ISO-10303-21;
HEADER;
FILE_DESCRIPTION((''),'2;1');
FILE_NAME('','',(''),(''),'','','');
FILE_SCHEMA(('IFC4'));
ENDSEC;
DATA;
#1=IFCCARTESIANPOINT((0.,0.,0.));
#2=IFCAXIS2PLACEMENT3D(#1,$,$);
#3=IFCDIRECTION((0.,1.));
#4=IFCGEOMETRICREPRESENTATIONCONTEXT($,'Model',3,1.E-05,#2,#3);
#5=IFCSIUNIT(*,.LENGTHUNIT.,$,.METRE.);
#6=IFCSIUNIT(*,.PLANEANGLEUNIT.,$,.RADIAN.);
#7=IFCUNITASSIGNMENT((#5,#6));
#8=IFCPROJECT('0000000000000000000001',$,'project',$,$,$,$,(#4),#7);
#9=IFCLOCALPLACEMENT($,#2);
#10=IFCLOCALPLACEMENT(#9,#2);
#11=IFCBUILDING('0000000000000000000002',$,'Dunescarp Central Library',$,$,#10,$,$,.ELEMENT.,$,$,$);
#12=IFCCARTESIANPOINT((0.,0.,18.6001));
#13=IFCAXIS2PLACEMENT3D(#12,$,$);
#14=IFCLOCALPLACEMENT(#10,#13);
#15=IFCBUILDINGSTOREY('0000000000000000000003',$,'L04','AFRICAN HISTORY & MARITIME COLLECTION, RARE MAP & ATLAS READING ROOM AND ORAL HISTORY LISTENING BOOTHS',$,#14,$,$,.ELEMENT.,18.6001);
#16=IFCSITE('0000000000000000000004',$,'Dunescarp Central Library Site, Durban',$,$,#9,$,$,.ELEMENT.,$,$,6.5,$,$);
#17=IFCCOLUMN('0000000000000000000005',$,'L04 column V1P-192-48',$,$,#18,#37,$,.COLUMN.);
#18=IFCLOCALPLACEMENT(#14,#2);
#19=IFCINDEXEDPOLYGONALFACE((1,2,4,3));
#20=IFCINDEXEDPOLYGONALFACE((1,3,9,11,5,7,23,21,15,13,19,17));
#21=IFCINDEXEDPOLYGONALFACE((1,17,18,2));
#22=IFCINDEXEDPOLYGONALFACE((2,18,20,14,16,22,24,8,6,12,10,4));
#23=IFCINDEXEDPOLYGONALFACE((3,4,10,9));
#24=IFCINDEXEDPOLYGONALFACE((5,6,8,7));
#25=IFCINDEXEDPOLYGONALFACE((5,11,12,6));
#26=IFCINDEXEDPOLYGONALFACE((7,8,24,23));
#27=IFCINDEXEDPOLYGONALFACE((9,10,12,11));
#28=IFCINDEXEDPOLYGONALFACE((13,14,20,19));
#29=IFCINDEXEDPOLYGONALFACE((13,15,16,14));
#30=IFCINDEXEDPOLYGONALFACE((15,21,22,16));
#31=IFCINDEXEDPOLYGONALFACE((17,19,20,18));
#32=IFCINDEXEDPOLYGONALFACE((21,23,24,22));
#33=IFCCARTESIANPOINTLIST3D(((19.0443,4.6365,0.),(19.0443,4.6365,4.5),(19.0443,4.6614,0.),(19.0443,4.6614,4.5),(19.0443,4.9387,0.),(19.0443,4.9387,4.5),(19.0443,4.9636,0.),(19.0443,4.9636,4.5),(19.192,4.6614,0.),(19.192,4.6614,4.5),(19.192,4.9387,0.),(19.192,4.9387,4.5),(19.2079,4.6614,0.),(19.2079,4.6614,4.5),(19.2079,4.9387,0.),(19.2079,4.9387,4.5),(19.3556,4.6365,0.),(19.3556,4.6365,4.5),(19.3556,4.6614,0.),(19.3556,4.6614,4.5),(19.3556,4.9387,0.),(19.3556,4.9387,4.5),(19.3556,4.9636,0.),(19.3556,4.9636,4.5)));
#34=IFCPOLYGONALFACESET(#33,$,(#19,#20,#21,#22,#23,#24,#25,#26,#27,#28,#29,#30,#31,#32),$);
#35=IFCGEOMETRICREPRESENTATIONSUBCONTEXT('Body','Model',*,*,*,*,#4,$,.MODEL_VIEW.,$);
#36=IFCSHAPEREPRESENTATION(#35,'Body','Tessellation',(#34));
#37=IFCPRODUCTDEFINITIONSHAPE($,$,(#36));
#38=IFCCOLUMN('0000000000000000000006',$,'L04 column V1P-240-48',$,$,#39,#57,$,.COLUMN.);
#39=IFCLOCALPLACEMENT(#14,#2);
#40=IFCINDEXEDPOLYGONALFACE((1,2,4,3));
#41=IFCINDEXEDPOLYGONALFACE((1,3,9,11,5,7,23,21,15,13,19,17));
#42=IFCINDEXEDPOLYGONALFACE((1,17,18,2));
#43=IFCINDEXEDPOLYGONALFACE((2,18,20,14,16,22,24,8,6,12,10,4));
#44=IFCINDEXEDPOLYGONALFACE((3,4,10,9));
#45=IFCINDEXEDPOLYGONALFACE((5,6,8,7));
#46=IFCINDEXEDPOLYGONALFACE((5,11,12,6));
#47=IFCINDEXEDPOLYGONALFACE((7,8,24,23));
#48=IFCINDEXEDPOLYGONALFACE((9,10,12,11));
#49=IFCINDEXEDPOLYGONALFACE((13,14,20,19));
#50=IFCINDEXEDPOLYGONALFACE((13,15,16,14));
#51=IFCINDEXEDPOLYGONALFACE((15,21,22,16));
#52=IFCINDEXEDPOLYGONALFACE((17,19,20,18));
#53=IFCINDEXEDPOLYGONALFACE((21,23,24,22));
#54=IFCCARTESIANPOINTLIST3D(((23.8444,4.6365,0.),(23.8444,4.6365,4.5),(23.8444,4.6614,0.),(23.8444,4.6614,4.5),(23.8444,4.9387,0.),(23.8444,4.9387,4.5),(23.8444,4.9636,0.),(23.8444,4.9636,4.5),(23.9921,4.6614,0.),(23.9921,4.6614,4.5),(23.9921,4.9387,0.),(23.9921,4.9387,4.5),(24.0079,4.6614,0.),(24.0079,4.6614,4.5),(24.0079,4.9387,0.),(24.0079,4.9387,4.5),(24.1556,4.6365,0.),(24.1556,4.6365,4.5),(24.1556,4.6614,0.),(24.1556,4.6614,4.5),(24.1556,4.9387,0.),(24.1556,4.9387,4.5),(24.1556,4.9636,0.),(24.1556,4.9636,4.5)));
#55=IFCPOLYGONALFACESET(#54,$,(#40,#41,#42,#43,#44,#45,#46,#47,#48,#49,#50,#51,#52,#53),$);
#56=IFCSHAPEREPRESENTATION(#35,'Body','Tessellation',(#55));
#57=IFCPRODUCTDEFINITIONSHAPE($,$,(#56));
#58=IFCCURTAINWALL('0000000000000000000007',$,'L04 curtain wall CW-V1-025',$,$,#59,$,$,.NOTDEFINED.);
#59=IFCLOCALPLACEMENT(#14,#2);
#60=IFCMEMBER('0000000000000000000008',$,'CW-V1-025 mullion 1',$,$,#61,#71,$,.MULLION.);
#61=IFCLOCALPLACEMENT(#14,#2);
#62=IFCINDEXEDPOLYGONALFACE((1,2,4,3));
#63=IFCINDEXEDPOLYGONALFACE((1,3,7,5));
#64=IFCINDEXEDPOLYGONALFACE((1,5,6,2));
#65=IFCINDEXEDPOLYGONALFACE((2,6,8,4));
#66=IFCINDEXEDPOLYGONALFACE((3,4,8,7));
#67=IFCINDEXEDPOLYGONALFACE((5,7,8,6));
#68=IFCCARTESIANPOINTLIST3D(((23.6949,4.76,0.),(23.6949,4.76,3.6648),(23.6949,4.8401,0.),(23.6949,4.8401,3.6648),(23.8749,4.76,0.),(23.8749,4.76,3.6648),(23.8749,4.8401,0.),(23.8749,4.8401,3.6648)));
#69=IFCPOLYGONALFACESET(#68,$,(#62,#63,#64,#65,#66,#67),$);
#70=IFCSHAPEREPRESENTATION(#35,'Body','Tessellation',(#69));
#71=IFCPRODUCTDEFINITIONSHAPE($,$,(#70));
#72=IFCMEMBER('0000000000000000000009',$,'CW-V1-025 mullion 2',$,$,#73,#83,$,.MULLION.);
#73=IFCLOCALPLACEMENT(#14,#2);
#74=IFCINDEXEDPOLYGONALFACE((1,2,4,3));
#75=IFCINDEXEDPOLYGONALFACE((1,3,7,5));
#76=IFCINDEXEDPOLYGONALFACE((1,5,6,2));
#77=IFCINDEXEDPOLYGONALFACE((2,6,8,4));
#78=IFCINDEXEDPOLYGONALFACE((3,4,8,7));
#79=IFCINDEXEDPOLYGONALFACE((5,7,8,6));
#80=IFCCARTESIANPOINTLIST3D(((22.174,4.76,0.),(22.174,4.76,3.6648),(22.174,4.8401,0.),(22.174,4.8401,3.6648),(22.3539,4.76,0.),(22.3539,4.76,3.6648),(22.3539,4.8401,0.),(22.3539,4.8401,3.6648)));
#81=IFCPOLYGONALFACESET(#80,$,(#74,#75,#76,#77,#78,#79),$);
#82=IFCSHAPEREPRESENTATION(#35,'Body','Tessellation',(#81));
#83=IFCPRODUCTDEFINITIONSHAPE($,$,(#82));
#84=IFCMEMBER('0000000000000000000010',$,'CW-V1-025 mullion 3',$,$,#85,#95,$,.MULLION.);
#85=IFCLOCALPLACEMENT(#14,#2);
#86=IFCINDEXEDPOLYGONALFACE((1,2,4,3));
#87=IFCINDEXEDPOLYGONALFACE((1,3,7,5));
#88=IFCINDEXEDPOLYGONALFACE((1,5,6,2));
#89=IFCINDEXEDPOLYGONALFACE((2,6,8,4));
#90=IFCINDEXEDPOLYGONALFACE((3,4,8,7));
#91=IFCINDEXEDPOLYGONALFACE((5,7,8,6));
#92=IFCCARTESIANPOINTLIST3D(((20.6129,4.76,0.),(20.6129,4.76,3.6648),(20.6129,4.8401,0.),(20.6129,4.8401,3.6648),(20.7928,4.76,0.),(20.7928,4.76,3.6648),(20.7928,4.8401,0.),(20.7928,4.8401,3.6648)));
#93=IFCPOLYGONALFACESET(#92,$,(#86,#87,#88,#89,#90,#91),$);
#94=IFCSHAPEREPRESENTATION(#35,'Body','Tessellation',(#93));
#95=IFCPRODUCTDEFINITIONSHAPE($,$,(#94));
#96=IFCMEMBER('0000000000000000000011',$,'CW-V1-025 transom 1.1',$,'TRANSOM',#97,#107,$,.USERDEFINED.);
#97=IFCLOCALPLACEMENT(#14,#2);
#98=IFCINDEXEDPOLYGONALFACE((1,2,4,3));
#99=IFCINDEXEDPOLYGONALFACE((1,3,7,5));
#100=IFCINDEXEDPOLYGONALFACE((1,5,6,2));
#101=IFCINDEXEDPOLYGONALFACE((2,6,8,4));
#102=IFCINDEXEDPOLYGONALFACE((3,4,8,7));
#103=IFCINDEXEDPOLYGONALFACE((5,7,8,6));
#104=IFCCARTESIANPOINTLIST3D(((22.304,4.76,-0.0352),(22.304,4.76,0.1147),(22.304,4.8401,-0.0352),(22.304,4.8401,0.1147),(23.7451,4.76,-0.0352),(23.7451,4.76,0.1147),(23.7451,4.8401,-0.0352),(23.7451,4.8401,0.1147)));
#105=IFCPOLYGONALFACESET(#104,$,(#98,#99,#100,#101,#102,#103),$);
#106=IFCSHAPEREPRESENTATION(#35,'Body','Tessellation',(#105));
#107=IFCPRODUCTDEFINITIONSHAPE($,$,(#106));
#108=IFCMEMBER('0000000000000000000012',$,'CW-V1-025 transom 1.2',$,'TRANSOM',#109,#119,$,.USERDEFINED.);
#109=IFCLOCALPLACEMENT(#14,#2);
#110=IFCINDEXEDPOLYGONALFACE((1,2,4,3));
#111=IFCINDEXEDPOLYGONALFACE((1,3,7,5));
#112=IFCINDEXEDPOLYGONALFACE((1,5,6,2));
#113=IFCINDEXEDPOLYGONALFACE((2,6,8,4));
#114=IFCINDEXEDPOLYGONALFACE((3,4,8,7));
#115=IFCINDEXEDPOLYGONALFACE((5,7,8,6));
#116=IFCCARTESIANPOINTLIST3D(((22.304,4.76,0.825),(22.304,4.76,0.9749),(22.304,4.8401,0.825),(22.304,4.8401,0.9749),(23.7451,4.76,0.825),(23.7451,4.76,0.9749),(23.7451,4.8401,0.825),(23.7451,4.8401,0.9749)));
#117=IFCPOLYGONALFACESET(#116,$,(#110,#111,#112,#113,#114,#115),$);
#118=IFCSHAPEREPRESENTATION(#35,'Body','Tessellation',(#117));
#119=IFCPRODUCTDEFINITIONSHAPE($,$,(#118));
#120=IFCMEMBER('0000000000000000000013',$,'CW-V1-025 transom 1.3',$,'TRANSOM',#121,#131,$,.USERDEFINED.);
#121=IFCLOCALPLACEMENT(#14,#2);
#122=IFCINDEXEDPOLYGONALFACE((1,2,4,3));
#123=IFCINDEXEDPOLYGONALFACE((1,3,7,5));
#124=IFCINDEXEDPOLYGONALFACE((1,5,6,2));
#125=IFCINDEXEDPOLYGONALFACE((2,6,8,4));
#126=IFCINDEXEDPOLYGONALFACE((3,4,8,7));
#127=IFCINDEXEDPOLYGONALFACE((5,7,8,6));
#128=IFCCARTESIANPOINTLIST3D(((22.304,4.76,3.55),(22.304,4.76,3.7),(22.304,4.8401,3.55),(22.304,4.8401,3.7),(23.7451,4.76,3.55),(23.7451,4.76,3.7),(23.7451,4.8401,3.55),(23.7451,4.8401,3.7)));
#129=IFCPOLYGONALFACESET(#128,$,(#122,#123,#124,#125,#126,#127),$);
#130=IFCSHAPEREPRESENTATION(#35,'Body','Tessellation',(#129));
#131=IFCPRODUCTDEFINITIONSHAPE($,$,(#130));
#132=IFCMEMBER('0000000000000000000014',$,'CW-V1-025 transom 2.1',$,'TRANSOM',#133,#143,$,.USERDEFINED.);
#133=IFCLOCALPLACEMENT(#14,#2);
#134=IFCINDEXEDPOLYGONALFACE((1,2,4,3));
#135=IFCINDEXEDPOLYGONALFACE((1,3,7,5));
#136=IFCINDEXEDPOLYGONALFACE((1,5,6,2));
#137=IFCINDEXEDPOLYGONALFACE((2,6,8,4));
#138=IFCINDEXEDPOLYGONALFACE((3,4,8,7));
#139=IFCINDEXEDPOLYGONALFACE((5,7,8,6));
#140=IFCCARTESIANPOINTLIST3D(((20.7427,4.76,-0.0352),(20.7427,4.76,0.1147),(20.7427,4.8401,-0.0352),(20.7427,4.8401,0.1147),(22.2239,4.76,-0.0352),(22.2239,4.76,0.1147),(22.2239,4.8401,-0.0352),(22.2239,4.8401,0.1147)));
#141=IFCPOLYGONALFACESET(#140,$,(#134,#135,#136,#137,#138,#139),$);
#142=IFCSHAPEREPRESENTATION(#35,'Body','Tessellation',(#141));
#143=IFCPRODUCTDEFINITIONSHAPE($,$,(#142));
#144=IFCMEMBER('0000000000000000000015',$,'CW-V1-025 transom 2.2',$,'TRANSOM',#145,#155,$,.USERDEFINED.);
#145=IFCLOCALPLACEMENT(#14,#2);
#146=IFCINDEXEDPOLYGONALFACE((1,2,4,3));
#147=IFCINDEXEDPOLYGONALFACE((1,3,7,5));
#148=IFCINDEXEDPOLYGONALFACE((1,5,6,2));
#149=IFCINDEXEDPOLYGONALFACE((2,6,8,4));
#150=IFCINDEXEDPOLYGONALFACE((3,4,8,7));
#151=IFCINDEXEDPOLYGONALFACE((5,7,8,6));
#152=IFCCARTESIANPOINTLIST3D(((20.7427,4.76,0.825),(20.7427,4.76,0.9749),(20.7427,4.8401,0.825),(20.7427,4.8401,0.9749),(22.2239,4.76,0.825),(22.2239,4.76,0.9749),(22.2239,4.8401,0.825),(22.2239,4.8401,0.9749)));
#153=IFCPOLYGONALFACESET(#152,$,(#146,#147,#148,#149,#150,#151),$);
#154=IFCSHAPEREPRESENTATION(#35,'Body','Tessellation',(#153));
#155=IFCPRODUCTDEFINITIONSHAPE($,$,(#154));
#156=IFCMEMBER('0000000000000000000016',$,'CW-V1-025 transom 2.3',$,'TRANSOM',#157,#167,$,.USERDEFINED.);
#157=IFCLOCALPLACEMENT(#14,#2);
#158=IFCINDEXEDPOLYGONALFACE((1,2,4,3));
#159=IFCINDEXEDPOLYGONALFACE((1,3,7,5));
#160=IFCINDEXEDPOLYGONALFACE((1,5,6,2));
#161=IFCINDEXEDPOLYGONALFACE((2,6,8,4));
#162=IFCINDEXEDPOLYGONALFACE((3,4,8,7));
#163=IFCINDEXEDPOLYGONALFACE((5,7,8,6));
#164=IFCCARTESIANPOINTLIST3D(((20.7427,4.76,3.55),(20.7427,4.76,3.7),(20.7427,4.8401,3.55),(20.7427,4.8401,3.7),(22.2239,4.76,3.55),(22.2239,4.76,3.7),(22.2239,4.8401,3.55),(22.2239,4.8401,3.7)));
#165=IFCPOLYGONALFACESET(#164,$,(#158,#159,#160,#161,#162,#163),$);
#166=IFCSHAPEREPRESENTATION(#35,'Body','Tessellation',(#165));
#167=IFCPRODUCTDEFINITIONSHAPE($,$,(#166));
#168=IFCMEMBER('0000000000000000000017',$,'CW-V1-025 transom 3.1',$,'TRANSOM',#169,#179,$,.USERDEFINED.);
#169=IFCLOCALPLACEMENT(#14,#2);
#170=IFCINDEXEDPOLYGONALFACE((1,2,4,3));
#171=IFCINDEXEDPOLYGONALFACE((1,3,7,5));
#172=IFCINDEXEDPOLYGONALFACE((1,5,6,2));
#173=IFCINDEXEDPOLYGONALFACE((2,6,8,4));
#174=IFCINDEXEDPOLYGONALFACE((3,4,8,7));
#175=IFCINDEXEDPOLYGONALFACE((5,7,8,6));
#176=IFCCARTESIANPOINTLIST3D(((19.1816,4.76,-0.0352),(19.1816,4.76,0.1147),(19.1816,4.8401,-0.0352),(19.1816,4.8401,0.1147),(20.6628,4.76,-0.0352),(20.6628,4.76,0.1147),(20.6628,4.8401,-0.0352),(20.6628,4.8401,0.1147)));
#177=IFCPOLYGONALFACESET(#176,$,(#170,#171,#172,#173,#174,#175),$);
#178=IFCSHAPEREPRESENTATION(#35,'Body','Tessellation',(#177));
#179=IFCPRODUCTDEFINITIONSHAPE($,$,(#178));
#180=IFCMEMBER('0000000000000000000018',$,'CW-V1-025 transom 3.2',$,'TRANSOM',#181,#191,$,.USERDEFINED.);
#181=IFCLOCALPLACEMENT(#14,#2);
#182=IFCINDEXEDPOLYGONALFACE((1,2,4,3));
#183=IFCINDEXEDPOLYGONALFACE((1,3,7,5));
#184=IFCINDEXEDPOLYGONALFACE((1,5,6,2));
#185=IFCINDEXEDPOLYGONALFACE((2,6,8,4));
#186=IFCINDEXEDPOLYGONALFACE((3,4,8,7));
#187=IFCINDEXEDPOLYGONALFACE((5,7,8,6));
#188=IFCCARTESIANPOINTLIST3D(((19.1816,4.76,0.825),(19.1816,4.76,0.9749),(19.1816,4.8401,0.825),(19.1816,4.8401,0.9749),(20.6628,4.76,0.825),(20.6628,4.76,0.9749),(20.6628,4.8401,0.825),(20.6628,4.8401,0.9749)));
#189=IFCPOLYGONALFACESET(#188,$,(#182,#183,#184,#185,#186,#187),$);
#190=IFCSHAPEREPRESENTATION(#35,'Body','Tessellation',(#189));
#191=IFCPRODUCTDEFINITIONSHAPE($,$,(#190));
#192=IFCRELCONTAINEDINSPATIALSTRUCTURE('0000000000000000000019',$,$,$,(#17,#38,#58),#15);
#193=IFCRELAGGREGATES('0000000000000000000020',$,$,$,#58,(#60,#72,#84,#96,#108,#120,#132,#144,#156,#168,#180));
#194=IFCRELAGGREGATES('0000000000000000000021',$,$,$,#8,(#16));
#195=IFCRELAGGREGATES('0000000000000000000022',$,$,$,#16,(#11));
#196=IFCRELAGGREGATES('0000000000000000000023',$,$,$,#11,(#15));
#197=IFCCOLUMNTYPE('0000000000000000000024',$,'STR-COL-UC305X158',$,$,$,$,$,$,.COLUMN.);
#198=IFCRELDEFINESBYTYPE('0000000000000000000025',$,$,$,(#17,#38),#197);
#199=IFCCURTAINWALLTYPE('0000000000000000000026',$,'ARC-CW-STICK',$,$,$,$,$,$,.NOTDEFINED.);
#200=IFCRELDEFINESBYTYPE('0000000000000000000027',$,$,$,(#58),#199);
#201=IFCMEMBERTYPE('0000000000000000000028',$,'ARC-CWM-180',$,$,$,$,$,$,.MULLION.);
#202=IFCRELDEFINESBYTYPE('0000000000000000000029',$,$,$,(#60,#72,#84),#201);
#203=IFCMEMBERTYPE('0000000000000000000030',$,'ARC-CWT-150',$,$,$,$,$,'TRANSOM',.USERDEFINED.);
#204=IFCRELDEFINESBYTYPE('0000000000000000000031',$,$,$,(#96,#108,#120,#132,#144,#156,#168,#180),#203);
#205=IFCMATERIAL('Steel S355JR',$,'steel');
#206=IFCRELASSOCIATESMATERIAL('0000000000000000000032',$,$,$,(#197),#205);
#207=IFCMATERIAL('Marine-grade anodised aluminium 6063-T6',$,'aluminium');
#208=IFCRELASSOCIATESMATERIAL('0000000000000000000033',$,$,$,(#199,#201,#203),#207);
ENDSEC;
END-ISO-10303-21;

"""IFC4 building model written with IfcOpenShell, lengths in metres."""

from ifc_helpers import new_model, si_unit, direction, frame, origin, origin_2d, place, context, subcontext, project, spatial, rectangle, i_section, extrude, material, material_profile, profile_set, type_object, element, aggregate, save


model = new_model("IFC4")

# Units and contexts
model_context = context("Model", 3, precision=1e-05, world=origin(), true_north=direction((0.0, 1.0)))
body_context = subcontext(model_context, "Body", "Model", "MODEL_VIEW")
ifc_project = project(units=[si_unit("LENGTHUNIT", "METRE"), si_unit("PLANEANGLEUNIT", "RADIAN")], contexts=[model_context])

# Site, building, storey
site_placement = place(None, origin())
site = spatial("IfcSite", under=ifc_project, at=site_placement, Name="Dunescarp Central Library Site, Durban", CompositionType="ELEMENT", RefElevation=6.5)
building_placement = place(site_placement, origin())
building = spatial("IfcBuilding", under=site, at=building_placement, Name="Dunescarp Central Library", CompositionType="ELEMENT")
storey_placement = place(building_placement, frame((0.0, 0.0, 18.6001)))
storey = spatial("IfcBuildingStorey", under=building, at=storey_placement, Name="L04", Description="AFRICAN HISTORY & MARITIME COLLECTION, RARE MAP & ATLAS READING ROOM AND ORAL HISTORY LISTENING BOOTHS", CompositionType="ELEMENT", Elevation=18.6001)

# Columns
ifc_material_1 = material(Name="Steel S355JR", Category="steel")
ifc_material_profile_1 = material_profile(ifc_material_1, i_section(OverallWidth=0.3113, OverallDepth=0.3271, WebThickness=0.0159, FlangeThickness=0.0249, at=origin_2d()), Name="UC 305x305x158")
ifc_profile_set_1 = profile_set([ifc_material_profile_1], Name="Steel S355JR")
column_type = type_object("IfcColumnType", Name="STR-COL-UC305X158", PredefinedType="COLUMN", material=ifc_profile_set_1)
for number, where, z_axis, x_axis, name in (
    (1, (19.2, 4.8, 0.0), (0.0, 0.0, 1.0), (1.0, 0.0, 0.0), "L04 column V1P-192-48"),
    (2, (24.0, 4.8, 0.0), (0.0, 0.0, 1.0), (1.0, 0.0, 0.0), "L04 column V1P-240-48"),
):
    element("IfcColumn", number, at=place(storey_placement, frame(where, z_axis=z_axis, x_axis=x_axis)), inside=storey, type_object=column_type, Name=name, PredefinedType="COLUMN", context=body_context, shape_type="SweptSolid", body=[
        extrude(i_section(OverallWidth=0.3113, OverallDepth=0.3271, WebThickness=0.0159, FlangeThickness=0.0249, at=origin_2d()), origin(), (0.0, 0.0, 1.0), 4.5),
    ])

# Curtain wall, members
ifc_material_2 = material(Name="Marine-grade anodised aluminium 6063-T6", Category="aluminium")
curtain_wall_type = type_object("IfcCurtainWallType", Name="ARC-CW-STICK", PredefinedType="NOTDEFINED", material=ifc_material_2)
curtain_wall_placement = place(storey_placement, origin())
curtain_wall = element("IfcCurtainWall", 3, at=curtain_wall_placement, inside=storey, type_object=curtain_wall_type, Name="L04 curtain wall CW-V1-025", PredefinedType="NOTDEFINED")
ifc_material_profile_2 = material_profile(ifc_material_2, rectangle(XDim=0.0801, YDim=0.1799, at=origin_2d()), Name="AL 80x180")
ifc_profile_set_2 = profile_set([ifc_material_profile_2], Name="Marine-grade anodised aluminium 6063-T6")
member_type_1 = type_object("IfcMemberType", Name="ARC-CWM-180", PredefinedType="MULLION", material=ifc_profile_set_2)
member_1_placement = place(storey_placement, frame((23.7849, 4.8, 0.0), z_axis=(0.0, 0.0, 1.0), x_axis=(0.0, -1.0, 0.0)))
member_1 = element("IfcMember", 4, at=member_1_placement, type_object=member_type_1, Name="CW-V1-025 mullion 1", PredefinedType="MULLION", context=body_context, shape_type="SweptSolid", body=[
    extrude(rectangle(XDim=0.0801, YDim=0.1799, at=origin_2d()), origin(), (0.0, 0.0, 1.0), 3.6648),
])
member_2_placement = place(storey_placement, frame((22.2639, 4.8, 0.0), z_axis=(0.0, 0.0, 1.0), x_axis=(0.0, -1.0, 0.0)))
member_2 = element("IfcMember", 5, at=member_2_placement, type_object=member_type_1, Name="CW-V1-025 mullion 2", PredefinedType="MULLION", context=body_context, shape_type="SweptSolid", body=[
    extrude(rectangle(XDim=0.0801, YDim=0.1799, at=origin_2d()), origin(), (0.0, 0.0, 1.0), 3.6648),
])
member_3_placement = place(storey_placement, frame((20.7029, 4.8, 0.0), z_axis=(0.0, 0.0, 1.0), x_axis=(0.0, -1.0, 0.0)))
member_3 = element("IfcMember", 6, at=member_3_placement, type_object=member_type_1, Name="CW-V1-025 mullion 3", PredefinedType="MULLION", context=body_context, shape_type="SweptSolid", body=[
    extrude(rectangle(XDim=0.0801, YDim=0.1799, at=origin_2d()), origin(), (0.0, 0.0, 1.0), 3.6648),
])
ifc_material_profile_3 = material_profile(ifc_material_2, rectangle(XDim=0.0801, YDim=0.1499, at=origin_2d()), Name="AL 80x150")
ifc_profile_set_3 = profile_set([ifc_material_profile_3], Name="Marine-grade anodised aluminium 6063-T6")
member_type_2 = type_object("IfcMemberType", Name="ARC-CWT-150", ElementType="TRANSOM", PredefinedType="USERDEFINED", material=ifc_profile_set_3)
member_4_placement = place(storey_placement, frame((23.7451, 4.8, 0.0398), z_axis=(-1.0, 0.0, 0.0), x_axis=(0.0, -1.0, 0.0)))
member_4 = element("IfcMember", 7, at=member_4_placement, type_object=member_type_2, Name="CW-V1-025 transom 1.1", ObjectType="TRANSOM", PredefinedType="USERDEFINED", context=body_context, shape_type="SweptSolid", body=[
    extrude(rectangle(XDim=0.0801, YDim=0.1499, at=origin_2d()), origin(), (0.0, 0.0, 1.0), 1.4412),
])
member_5_placement = place(storey_placement, frame((23.7451, 4.8, 0.8999), z_axis=(-1.0, 0.0, 0.0), x_axis=(0.0, -1.0, 0.0)))
member_5 = element("IfcMember", 8, at=member_5_placement, type_object=member_type_2, Name="CW-V1-025 transom 1.2", ObjectType="TRANSOM", PredefinedType="USERDEFINED", context=body_context, shape_type="SweptSolid", body=[
    extrude(rectangle(XDim=0.0801, YDim=0.1499, at=origin_2d()), origin(), (0.0, 0.0, 1.0), 1.4412),
])
member_6_placement = place(storey_placement, frame((23.7451, 4.8, 3.625), z_axis=(-1.0, 0.0, 0.0), x_axis=(0.0, -1.0, 0.0)))
member_6 = element("IfcMember", 9, at=member_6_placement, type_object=member_type_2, Name="CW-V1-025 transom 1.3", ObjectType="TRANSOM", PredefinedType="USERDEFINED", context=body_context, shape_type="SweptSolid", body=[
    extrude(rectangle(XDim=0.0801, YDim=0.1499, at=origin_2d()), origin(), (0.0, 0.0, 1.0), 1.4412),
])
member_7_placement = place(storey_placement, frame((22.2239, 4.8, 0.0398), z_axis=(-1.0, 0.0, 0.0), x_axis=(0.0, -1.0, 0.0)))
member_7 = element("IfcMember", 10, at=member_7_placement, type_object=member_type_2, Name="CW-V1-025 transom 2.1", ObjectType="TRANSOM", PredefinedType="USERDEFINED", context=body_context, shape_type="SweptSolid", body=[
    extrude(rectangle(XDim=0.0801, YDim=0.1499, at=origin_2d()), origin(), (0.0, 0.0, 1.0), 1.4812),
])
member_8_placement = place(storey_placement, frame((22.2239, 4.8, 0.8999), z_axis=(-1.0, 0.0, 0.0), x_axis=(0.0, -1.0, 0.0)))
member_8 = element("IfcMember", 11, at=member_8_placement, type_object=member_type_2, Name="CW-V1-025 transom 2.2", ObjectType="TRANSOM", PredefinedType="USERDEFINED", context=body_context, shape_type="SweptSolid", body=[
    extrude(rectangle(XDim=0.0801, YDim=0.1499, at=origin_2d()), origin(), (0.0, 0.0, 1.0), 1.4812),
])
member_9_placement = place(storey_placement, frame((22.2239, 4.8, 3.625), z_axis=(-1.0, 0.0, 0.0), x_axis=(0.0, -1.0, 0.0)))
member_9 = element("IfcMember", 12, at=member_9_placement, type_object=member_type_2, Name="CW-V1-025 transom 2.3", ObjectType="TRANSOM", PredefinedType="USERDEFINED", context=body_context, shape_type="SweptSolid", body=[
    extrude(rectangle(XDim=0.0801, YDim=0.1499, at=origin_2d()), origin(), (0.0, 0.0, 1.0), 1.4812),
])
member_10_placement = place(storey_placement, frame((20.6628, 4.8, 0.0398), z_axis=(-1.0, 0.0, 0.0), x_axis=(0.0, -1.0, 0.0)))
member_10 = element("IfcMember", 13, at=member_10_placement, type_object=member_type_2, Name="CW-V1-025 transom 3.1", ObjectType="TRANSOM", PredefinedType="USERDEFINED", context=body_context, shape_type="SweptSolid", body=[
    extrude(rectangle(XDim=0.0801, YDim=0.1499, at=origin_2d()), origin(), (0.0, 0.0, 1.0), 1.4812),
])
member_11_placement = place(storey_placement, frame((20.6628, 4.8, 0.8999), z_axis=(-1.0, 0.0, 0.0), x_axis=(0.0, -1.0, 0.0)))
member_11 = element("IfcMember", 14, at=member_11_placement, type_object=member_type_2, Name="CW-V1-025 transom 3.2", ObjectType="TRANSOM", PredefinedType="USERDEFINED", context=body_context, shape_type="SweptSolid", body=[
    extrude(rectangle(XDim=0.0801, YDim=0.1499, at=origin_2d()), origin(), (0.0, 0.0, 1.0), 1.4812),
])

aggregate(curtain_wall, [member_1, member_2, member_3, member_4, member_5, member_6, member_7, member_8, member_9, member_10, member_11])

save(model, "model.ifc")
